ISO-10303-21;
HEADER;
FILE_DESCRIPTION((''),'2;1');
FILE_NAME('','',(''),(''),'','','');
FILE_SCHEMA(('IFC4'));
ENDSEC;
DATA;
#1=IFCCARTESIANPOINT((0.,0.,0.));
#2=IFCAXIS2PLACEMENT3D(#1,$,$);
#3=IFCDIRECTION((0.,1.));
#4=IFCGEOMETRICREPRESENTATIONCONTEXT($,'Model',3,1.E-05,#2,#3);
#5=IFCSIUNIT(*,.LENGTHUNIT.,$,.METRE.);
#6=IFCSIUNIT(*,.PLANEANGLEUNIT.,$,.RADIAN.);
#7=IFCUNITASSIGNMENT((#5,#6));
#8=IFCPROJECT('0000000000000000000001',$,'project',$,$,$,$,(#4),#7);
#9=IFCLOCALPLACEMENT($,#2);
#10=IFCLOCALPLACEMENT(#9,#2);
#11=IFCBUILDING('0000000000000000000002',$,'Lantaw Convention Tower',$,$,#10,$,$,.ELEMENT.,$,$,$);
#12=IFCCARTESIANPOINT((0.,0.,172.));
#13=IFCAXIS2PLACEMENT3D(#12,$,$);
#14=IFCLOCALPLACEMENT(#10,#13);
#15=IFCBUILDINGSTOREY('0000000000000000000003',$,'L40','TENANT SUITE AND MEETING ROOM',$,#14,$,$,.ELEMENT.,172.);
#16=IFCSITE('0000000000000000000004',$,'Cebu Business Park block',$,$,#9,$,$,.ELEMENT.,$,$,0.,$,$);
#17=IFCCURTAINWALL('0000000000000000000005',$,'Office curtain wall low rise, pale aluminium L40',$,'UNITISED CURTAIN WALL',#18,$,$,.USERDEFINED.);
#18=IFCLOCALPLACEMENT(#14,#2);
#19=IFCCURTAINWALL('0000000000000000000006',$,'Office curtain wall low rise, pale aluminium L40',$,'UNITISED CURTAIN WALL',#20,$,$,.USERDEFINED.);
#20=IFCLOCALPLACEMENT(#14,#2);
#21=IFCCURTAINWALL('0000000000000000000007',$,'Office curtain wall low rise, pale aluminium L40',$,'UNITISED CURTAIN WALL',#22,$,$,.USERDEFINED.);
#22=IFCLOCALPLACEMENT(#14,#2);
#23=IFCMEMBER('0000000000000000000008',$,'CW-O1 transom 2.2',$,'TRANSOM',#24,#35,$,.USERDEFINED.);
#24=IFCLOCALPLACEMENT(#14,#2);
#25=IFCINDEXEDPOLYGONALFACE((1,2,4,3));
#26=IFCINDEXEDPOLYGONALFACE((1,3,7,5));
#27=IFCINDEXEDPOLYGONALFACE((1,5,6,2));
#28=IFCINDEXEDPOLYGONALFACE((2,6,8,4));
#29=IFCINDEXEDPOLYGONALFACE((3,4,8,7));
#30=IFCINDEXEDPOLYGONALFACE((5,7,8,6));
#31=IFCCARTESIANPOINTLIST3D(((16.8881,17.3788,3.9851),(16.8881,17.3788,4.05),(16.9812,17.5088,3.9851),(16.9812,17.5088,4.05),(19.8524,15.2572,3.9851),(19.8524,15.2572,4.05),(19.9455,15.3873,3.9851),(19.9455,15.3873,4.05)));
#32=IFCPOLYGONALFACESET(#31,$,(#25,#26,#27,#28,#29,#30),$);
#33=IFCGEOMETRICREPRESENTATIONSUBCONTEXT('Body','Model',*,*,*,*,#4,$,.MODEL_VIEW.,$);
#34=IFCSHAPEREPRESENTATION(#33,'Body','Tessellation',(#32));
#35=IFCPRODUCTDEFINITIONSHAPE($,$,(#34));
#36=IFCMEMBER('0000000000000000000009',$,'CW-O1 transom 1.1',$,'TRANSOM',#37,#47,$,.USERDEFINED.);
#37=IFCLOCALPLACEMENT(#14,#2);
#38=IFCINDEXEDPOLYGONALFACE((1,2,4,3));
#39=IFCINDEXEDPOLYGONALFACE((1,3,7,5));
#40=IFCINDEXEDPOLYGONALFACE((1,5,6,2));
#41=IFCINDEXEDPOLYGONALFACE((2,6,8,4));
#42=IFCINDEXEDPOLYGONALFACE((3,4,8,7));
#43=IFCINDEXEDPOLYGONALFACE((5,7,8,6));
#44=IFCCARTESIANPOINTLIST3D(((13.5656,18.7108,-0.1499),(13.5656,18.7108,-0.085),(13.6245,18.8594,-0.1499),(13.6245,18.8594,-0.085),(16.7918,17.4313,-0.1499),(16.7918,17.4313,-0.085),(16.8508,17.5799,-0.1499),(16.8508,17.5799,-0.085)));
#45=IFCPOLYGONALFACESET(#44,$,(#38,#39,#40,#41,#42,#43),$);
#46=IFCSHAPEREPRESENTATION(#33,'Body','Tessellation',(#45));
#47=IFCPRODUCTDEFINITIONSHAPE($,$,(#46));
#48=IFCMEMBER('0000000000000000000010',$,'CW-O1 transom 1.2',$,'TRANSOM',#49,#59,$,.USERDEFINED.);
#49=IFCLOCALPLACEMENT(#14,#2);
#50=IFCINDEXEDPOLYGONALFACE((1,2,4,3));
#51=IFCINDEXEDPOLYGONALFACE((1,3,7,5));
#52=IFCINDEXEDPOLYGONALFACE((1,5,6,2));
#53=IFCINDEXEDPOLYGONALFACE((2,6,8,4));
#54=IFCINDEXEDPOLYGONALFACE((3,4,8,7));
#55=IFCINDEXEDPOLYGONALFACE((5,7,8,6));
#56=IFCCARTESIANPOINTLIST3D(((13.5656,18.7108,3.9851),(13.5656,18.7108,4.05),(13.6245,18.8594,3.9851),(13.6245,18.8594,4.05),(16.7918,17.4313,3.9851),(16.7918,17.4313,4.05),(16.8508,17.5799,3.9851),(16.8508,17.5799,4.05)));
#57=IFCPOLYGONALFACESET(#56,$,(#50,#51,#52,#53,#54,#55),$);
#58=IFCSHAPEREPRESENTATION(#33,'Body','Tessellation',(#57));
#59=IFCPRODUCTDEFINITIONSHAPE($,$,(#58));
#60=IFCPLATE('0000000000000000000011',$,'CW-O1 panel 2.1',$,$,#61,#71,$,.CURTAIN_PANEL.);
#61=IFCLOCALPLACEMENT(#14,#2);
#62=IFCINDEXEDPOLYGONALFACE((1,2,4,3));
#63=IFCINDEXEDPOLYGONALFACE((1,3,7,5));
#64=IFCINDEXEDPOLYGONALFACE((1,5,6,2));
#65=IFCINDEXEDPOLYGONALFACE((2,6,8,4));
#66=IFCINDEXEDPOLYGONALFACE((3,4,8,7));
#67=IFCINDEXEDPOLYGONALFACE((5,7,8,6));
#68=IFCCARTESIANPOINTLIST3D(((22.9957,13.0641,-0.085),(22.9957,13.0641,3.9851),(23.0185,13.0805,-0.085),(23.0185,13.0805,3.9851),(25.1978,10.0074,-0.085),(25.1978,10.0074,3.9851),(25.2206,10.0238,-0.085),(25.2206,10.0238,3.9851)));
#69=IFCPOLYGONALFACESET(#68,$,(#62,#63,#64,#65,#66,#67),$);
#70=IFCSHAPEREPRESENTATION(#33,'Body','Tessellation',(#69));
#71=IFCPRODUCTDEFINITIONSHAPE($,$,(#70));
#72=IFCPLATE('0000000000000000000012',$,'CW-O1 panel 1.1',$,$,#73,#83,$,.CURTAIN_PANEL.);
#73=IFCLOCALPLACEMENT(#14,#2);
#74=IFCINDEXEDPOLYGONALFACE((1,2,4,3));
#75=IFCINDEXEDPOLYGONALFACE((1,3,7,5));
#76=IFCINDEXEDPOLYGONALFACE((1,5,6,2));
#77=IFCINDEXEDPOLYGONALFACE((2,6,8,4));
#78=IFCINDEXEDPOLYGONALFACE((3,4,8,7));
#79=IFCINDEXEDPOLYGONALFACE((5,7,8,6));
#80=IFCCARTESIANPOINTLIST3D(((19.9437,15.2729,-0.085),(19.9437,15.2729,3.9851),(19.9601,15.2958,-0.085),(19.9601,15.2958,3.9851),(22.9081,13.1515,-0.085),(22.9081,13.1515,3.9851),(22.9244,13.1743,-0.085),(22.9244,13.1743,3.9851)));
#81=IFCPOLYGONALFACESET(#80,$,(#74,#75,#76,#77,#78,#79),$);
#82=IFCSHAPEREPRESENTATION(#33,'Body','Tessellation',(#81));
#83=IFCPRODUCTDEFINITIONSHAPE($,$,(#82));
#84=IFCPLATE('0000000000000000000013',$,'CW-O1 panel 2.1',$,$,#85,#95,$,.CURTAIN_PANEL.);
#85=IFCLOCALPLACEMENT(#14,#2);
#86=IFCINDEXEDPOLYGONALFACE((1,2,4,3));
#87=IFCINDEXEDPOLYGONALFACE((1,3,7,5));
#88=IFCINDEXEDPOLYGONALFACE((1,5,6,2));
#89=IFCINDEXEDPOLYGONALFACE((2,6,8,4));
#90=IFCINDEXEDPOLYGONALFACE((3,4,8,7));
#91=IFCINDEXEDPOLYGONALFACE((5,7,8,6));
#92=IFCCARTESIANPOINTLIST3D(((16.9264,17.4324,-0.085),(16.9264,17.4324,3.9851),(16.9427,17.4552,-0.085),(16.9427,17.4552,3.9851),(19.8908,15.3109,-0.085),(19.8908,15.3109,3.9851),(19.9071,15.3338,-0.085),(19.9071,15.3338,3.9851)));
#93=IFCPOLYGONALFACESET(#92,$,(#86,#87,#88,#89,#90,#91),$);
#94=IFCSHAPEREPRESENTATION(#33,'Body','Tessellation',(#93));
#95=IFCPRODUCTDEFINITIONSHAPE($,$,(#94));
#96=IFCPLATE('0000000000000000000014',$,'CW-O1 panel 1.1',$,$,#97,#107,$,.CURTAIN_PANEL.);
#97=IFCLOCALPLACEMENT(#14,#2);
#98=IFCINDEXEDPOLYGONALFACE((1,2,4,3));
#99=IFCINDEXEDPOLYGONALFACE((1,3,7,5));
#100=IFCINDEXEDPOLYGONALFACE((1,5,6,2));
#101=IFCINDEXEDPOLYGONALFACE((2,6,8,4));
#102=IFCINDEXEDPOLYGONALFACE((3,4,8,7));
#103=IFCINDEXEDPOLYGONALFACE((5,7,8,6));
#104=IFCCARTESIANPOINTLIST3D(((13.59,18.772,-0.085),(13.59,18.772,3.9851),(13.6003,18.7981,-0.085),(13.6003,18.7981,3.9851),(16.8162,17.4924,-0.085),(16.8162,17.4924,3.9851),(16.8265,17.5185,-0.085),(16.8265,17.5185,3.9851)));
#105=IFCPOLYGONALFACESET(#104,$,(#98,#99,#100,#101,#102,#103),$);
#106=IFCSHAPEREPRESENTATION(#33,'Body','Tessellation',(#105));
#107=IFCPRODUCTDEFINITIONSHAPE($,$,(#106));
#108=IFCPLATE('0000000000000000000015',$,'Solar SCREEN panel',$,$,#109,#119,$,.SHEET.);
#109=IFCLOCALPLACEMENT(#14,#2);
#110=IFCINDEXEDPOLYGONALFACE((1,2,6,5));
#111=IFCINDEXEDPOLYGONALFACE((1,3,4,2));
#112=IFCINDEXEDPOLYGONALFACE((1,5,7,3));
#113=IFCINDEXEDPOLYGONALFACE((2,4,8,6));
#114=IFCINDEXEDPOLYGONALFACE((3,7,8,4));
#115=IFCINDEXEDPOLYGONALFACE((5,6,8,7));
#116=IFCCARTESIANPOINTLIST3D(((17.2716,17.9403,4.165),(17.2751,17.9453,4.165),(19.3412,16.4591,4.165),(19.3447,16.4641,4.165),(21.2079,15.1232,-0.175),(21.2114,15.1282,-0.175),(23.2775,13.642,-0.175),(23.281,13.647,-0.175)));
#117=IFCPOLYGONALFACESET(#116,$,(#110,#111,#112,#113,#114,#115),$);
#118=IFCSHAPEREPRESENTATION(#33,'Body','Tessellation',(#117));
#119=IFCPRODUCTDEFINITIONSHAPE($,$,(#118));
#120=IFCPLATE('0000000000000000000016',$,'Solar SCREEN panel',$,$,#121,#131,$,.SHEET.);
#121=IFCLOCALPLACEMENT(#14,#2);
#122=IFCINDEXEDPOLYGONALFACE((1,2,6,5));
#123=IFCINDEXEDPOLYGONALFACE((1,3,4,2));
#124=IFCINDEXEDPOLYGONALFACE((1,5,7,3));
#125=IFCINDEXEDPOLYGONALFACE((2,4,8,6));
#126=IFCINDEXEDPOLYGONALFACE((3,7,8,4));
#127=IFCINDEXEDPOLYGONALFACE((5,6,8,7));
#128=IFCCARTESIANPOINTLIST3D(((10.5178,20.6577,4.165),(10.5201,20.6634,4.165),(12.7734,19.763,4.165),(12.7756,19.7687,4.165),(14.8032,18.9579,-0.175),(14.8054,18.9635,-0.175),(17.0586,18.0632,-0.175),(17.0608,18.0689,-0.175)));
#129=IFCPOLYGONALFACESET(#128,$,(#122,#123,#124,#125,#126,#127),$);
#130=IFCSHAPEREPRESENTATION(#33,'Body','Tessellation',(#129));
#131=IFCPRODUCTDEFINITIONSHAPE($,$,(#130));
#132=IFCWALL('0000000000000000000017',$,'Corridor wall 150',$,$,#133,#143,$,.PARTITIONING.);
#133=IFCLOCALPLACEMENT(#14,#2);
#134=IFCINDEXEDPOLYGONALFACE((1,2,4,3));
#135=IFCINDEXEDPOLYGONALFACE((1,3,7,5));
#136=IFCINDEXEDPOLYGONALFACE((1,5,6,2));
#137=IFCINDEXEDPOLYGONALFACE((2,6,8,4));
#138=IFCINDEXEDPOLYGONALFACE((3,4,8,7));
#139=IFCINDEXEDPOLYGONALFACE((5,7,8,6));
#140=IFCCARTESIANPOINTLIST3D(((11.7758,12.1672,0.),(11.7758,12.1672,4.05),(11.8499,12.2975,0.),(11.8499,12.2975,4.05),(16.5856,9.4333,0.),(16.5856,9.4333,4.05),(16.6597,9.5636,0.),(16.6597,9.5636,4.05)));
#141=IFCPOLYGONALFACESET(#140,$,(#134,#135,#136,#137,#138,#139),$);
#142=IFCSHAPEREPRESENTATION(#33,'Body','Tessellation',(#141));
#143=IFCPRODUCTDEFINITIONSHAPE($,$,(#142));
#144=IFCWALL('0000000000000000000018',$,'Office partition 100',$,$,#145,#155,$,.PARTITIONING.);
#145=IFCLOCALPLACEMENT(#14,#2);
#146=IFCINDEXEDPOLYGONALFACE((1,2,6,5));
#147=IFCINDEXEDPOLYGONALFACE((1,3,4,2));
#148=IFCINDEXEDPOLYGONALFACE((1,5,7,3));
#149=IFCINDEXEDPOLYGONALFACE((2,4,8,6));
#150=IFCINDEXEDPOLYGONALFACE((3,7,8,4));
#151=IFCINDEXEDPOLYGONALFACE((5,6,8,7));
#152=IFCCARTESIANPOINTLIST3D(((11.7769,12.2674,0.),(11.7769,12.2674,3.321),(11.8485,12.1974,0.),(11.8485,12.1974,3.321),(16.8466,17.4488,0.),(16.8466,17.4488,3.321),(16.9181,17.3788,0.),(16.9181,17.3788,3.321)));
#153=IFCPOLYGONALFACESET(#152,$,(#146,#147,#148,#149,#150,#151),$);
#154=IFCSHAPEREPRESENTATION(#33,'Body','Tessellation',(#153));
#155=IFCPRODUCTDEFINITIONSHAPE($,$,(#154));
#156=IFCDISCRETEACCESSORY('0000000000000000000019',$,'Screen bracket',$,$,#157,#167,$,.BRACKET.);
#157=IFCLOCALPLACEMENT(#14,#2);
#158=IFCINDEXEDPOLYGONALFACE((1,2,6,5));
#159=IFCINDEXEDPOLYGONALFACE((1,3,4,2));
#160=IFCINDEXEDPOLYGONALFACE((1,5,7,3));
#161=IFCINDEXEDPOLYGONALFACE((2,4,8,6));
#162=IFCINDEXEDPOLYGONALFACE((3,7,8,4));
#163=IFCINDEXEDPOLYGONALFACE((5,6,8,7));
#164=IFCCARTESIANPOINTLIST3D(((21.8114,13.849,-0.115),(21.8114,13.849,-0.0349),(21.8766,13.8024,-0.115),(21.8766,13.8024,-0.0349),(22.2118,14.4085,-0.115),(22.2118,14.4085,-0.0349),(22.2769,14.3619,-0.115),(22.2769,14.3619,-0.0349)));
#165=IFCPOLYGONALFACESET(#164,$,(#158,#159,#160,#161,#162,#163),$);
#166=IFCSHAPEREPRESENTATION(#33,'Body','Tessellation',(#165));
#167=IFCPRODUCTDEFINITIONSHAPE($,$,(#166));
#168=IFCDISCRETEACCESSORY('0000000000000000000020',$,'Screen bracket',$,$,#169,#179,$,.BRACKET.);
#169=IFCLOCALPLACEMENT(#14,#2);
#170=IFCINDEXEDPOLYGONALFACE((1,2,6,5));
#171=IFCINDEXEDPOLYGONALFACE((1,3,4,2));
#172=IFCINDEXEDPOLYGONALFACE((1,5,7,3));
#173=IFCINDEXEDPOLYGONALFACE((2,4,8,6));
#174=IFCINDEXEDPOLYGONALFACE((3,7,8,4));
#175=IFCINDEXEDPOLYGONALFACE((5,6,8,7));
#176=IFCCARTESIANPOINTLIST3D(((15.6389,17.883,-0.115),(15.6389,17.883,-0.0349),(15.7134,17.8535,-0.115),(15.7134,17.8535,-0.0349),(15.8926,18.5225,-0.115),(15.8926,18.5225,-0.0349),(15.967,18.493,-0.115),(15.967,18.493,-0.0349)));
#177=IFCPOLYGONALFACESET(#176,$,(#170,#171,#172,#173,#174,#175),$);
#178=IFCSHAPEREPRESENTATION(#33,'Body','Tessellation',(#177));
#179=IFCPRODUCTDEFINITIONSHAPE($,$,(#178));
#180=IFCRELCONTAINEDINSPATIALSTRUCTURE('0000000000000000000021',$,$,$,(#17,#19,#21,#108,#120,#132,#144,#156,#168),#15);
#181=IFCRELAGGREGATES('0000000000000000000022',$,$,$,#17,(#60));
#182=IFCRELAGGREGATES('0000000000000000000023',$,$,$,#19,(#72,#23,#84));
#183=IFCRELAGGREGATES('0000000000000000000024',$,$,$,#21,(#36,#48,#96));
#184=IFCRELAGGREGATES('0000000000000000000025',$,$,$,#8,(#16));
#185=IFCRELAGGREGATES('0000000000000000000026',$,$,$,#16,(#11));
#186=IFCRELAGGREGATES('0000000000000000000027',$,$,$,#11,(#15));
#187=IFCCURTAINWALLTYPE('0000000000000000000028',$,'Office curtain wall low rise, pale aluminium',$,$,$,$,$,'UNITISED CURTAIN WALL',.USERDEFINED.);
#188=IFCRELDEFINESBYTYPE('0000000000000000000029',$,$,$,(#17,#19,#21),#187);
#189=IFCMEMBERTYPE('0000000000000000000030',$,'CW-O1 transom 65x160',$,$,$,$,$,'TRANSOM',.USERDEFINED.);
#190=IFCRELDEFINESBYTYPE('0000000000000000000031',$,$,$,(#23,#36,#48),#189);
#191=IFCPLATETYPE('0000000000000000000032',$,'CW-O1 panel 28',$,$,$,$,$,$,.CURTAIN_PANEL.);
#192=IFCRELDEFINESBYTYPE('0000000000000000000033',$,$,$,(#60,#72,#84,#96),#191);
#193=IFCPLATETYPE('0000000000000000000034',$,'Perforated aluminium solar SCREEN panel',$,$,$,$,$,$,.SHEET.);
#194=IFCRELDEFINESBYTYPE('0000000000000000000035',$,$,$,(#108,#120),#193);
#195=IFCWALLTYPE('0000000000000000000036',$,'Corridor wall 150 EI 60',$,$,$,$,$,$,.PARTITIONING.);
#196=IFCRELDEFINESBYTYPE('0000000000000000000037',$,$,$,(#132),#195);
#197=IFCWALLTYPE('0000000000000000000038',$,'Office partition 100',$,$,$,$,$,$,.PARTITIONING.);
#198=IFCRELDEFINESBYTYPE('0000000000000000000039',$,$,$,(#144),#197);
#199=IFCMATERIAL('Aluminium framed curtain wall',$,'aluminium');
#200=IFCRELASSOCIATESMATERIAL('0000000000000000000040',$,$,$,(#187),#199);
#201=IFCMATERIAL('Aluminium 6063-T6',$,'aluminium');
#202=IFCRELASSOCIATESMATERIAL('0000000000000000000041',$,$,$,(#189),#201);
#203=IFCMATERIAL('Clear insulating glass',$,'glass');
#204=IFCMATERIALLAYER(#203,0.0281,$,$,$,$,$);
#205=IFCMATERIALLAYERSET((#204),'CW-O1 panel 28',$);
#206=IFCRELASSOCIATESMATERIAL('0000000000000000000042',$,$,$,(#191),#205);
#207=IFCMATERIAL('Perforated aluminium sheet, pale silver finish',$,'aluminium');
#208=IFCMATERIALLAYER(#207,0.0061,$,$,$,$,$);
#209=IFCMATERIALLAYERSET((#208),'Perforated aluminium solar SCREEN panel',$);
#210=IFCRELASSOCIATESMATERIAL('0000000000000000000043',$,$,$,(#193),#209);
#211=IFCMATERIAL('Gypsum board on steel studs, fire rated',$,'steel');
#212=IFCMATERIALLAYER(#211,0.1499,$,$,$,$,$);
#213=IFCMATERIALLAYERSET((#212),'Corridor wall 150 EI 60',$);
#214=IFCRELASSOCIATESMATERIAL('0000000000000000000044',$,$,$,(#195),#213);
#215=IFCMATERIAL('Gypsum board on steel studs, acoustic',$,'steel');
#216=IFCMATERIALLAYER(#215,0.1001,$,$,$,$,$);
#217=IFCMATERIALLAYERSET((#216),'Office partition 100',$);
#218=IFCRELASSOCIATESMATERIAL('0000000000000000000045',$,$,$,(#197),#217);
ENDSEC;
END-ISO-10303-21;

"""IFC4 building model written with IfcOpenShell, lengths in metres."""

from ifc_helpers import new_model, si_unit, direction, frame, frame_2d, origin, origin_2d, place, context, subcontext, project, spatial, polyline, rectangle, outline, extrude, material, layer, layer_set, material_profile, profile_set, type_object, element, aggregate, save


model = new_model("IFC4")

# Units and contexts
model_context = context("Model", 3, precision=1e-05, world=origin(), true_north=direction((0.0, 1.0)))
body_context = subcontext(model_context, "Body", "Model", "MODEL_VIEW")
ifc_project = project(units=[si_unit("LENGTHUNIT", "METRE"), si_unit("PLANEANGLEUNIT", "RADIAN")], contexts=[model_context])

# Site, building, storey
site_placement = place(None, origin())
site = spatial("IfcSite", under=ifc_project, at=site_placement, Name="Cebu Business Park block", CompositionType="ELEMENT", RefElevation=0.0)
building_placement = place(site_placement, origin())
building = spatial("IfcBuilding", under=site, at=building_placement, Name="Lantaw Convention Tower", CompositionType="ELEMENT")
storey_placement = place(building_placement, frame((0.0, 0.0, 172.0)))
storey = spatial("IfcBuildingStorey", under=building, at=storey_placement, Name="L40", Description="TENANT SUITE AND MEETING ROOM", CompositionType="ELEMENT", Elevation=172.0)

# Curtain walls
ifc_material_1 = material(Name="Aluminium framed curtain wall", Category="aluminium")
curtain_wall_type = type_object("IfcCurtainWallType", Name="Office curtain wall low rise, pale aluminium", ElementType="UNITISED CURTAIN WALL", PredefinedType="USERDEFINED", material=ifc_material_1)
curtain_wall_1_placement = place(storey_placement, origin())
curtain_wall_1 = element("IfcCurtainWall", 1, at=curtain_wall_1_placement, inside=storey, type_object=curtain_wall_type, Name="Office curtain wall low rise, pale aluminium L40", ObjectType="UNITISED CURTAIN WALL", PredefinedType="USERDEFINED")
ifc_material_2 = material(Name="Aluminium 6063-T6", Category="aluminium")
curtain_wall_2_placement = place(storey_placement, origin())
curtain_wall_2 = element("IfcCurtainWall", 2, at=curtain_wall_2_placement, inside=storey, type_object=curtain_wall_type, Name="Office curtain wall low rise, pale aluminium L40", ObjectType="UNITISED CURTAIN WALL", PredefinedType="USERDEFINED")

# Curtain wall
curtain_wall_3_placement = place(storey_placement, origin())
curtain_wall_3 = element("IfcCurtainWall", 3, at=curtain_wall_3_placement, inside=storey, type_object=curtain_wall_type, Name="Office curtain wall low rise, pale aluminium L40", ObjectType="UNITISED CURTAIN WALL", PredefinedType="USERDEFINED")

# Members
ifc_material_profile_1 = material_profile(ifc_material_2, rectangle(XDim=0.1599, YDim=0.0649, at=origin_2d()), Name="CW-O1 transom 65x160")
ifc_profile_set_1 = profile_set([ifc_material_profile_1], Name="Aluminium 6063-T6")
member_type_1 = type_object("IfcMemberType", Name="CW-O1 transom 65x160", ElementType="TRANSOM", PredefinedType="USERDEFINED", material=ifc_profile_set_1)
member_1_placement = place(storey_placement, frame((19.8989, 15.3223, 4.0176), z_axis=(-0.81319, 0.581998, 0.0), x_axis=(-0.581998, -0.81319, 0.0)))
member_1 = element("IfcMember", 4, at=member_1_placement, type_object=member_type_1, Name="CW-O1 transom 2.2", ObjectType="TRANSOM", PredefinedType="USERDEFINED", context=body_context, shape_type="SweptSolid", body=[
    extrude(rectangle(XDim=0.1599, YDim=0.0649, at=origin_2d()), origin(), (0.0, 0.0, 1.0), 3.6453),
])
member_2_placement = place(storey_placement, frame((16.8213, 17.5056, -0.1174), z_axis=(-0.929564, 0.36866, 0.0), x_axis=(-0.36866, -0.929564, 0.0)))
member_2 = element("IfcMember", 5, at=member_2_placement, type_object=member_type_1, Name="CW-O1 transom 1.1", ObjectType="TRANSOM", PredefinedType="USERDEFINED", context=body_context, shape_type="SweptSolid", body=[
    extrude(rectangle(XDim=0.1599, YDim=0.0649, at=origin_2d()), origin(), (0.0, 0.0, 1.0), 3.4707),
])
member_3_placement = place(storey_placement, frame((16.8213, 17.5056, 4.0176), z_axis=(-0.929564, 0.36866, 0.0), x_axis=(-0.36866, -0.929564, 0.0)))
member_3 = element("IfcMember", 6, at=member_3_placement, type_object=member_type_1, Name="CW-O1 transom 1.2", ObjectType="TRANSOM", PredefinedType="USERDEFINED", context=body_context, shape_type="SweptSolid", body=[
    extrude(rectangle(XDim=0.1599, YDim=0.0649, at=origin_2d()), origin(), (0.0, 0.0, 1.0), 3.4707),
])

# Plates
ifc_material_3 = material(Name="Clear insulating glass", Category="glass")
ifc_layer_1 = layer(ifc_material_3, 0.0281)
ifc_layer_set_1 = layer_set([ifc_layer_1], Name="CW-O1 panel 28")
plate_type_1 = type_object("IfcPlateType", Name="CW-O1 panel 28", PredefinedType="CURTAIN_PANEL", material=ifc_layer_set_1)
plate_1_placement = place(storey_placement, frame((24.1082, 11.5439, -0.085), z_axis=(0.0, 0.0, 1.0), x_axis=(-0.584513, 0.811385, 0.0)))
plate_1 = element("IfcPlate", 7, at=plate_1_placement, type_object=plate_type_1, Name="CW-O1 panel 2.1", PredefinedType="CURTAIN_PANEL", context=body_context, shape_type="SweptSolid", body=[
    extrude(rectangle(XDim=3.7673, YDim=0.0281, at=origin_2d()), origin(), (0.0, 0.0, 1.0), 4.0701),
])
aggregate(curtain_wall_1, [plate_1])
plate_2_placement = place(storey_placement, frame((21.4341, 14.2236, -0.085), z_axis=(0.0, 0.0, 1.0), x_axis=(-0.813208, 0.581973, 0.0)))
plate_2 = element("IfcPlate", 8, at=plate_2_placement, type_object=plate_type_1, Name="CW-O1 panel 1.1", PredefinedType="CURTAIN_PANEL", context=body_context, shape_type="SweptSolid", body=[
    extrude(rectangle(XDim=3.6453, YDim=0.0281, at=origin_2d()), origin(), (0.0, 0.0, 1.0), 4.0701),
])
plate_3_placement = place(storey_placement, frame((18.4167, 16.3831, -0.085), z_axis=(0.0, 0.0, 1.0), x_axis=(-0.813208, 0.581973, 0.0)))
plate_3 = element("IfcPlate", 9, at=plate_3_placement, type_object=plate_type_1, Name="CW-O1 panel 2.1", PredefinedType="CURTAIN_PANEL", context=body_context, shape_type="SweptSolid", body=[
    extrude(rectangle(XDim=3.6453, YDim=0.0281, at=origin_2d()), origin(), (0.0, 0.0, 1.0), 4.0701),
])
aggregate(curtain_wall_2, [plate_2, member_1, plate_3])
plate_4_placement = place(storey_placement, frame((15.2083, 18.1453, -0.085), z_axis=(0.0, 0.0, 1.0), x_axis=(-0.929548, 0.368702, 0.0)))
plate_4 = element("IfcPlate", 10, at=plate_4_placement, type_object=plate_type_1, Name="CW-O1 panel 1.1", PredefinedType="CURTAIN_PANEL", context=body_context, shape_type="SweptSolid", body=[
    extrude(rectangle(XDim=3.4707, YDim=0.0281, at=origin_2d()), origin(), (0.0, 0.0, 1.0), 4.0701),
])
aggregate(curtain_wall_3, [member_2, member_3, plate_4])

# Plates
ifc_material_4 = material(Name="Perforated aluminium sheet, pale silver finish", Category="aluminium")
ifc_layer_2 = layer(ifc_material_4, 0.0061)
ifc_layer_set_2 = layer_set([ifc_layer_2], Name="Perforated aluminium solar SCREEN panel")
plate_type_2 = type_object("IfcPlateType", Name="Perforated aluminium solar SCREEN panel", PredefinedType="SHEET", material=ifc_layer_set_2)
plate_5_placement = place(storey_placement, frame((23.281, 13.647, -0.175), z_axis=(0.582, 0.813189, 0.000012), x_axis=(-0.813189, 0.582, 0.0)))
element("IfcPlate", 11, at=plate_5_placement, inside=storey, type_object=plate_type_2, Name="Solar SCREEN panel", PredefinedType="SHEET", context=body_context, shape_type="SweptSolid", body=[
    extrude(outline(polyline([(0.0, 0.0), (2.545, 0.0), (7.3855, 4.3401), (4.8405, 4.3401), (0.0, 0.0)])), origin(), (0.0, 0.0, -1.0), 0.0061),
])
plate_6_placement = place(storey_placement, frame((17.0586, 18.0632, -0.175), z_axis=(-0.368709, -0.929545, 0.000011), x_axis=(-0.929545, 0.368709, 0.0)))
element("IfcPlate", 12, at=plate_6_placement, inside=storey, type_object=plate_type_2, Name="Solar SCREEN panel", PredefinedType="SHEET", context=body_context, shape_type="SweptSolid", body=[
    extrude(outline(polyline([(0.0, 0.0), (2.4264, 0.0), (7.0365, -4.3401), (4.61, -4.3401), (0.0, 0.0)])), origin(), (0.0, 0.0, -1.0), 0.0061),
])

# Walls
ifc_material_5 = material(Name="Gypsum board on steel studs, fire rated", Category="steel")
ifc_layer_3 = layer(ifc_material_5, 0.1499)
ifc_layer_set_3 = layer_set([ifc_layer_3], Name="Corridor wall 150 EI 60")
wall_type_1 = type_object("IfcWallType", Name="Corridor wall 150 EI 60", PredefinedType="PARTITIONING", material=ifc_layer_set_3)
wall_1_placement = place(storey_placement, frame((16.6226, 9.4985, 0.0), z_axis=(0.0, 0.0, 1.0), x_axis=(-0.869376, 0.494151, 0.0)))
element("IfcWall", 13, at=wall_1_placement, inside=storey, type_object=wall_type_1, Name="Corridor wall 150", PredefinedType="PARTITIONING", context=body_context, shape_type="SweptSolid", body=[
    extrude(rectangle(XDim=5.5325, YDim=0.1499, at=frame_2d((2.7661, 0.0))), origin(), (0.0, 0.0, 1.0), 4.05),
])
ifc_material_6 = material(Name="Gypsum board on steel studs, acoustic", Category="steel")
ifc_layer_4 = layer(ifc_material_6, 0.1001)
ifc_layer_set_4 = layer_set([ifc_layer_4], Name="Office partition 100")
wall_type_2 = type_object("IfcWallType", Name="Office partition 100", PredefinedType="PARTITIONING", material=ifc_layer_set_4)
wall_2_placement = place(storey_placement, frame((16.8823, 17.4138, 0.0), z_axis=(0.0, 0.0, 1.0), x_axis=(-0.699352, -0.714777, 0.0)))
element("IfcWall", 14, at=wall_2_placement, inside=storey, type_object=wall_type_2, Name="Office partition 100", PredefinedType="PARTITIONING", context=body_context, shape_type="SweptSolid", body=[
    extrude(rectangle(XDim=7.249, YDim=0.1001, at=frame_2d((3.6245, 0.0))), origin(), (0.0, 0.0, 1.0), 3.321),
])

# Discrete accessories
for number, where, z_axis, x_axis, name in (
    (15, (22.0442, 14.1055, -0.115), (0.0, 0.0, 1.0), (-0.813208, 0.581973, 0.0), "Screen bracket"),
    (16, (15.803, 18.188, -0.115), (0.0, 0.0, 1.0), (-0.929548, 0.368702, 0.0), "Screen bracket"),
):
    element("IfcDiscreteAccessory", number, at=place(storey_placement, frame(where, z_axis=z_axis, x_axis=x_axis)), inside=storey, Name=name, PredefinedType="BRACKET", context=body_context, shape_type="SweptSolid", body=[
        extrude(rectangle(XDim=0.0801, YDim=0.688, at=origin_2d()), origin(), (0.0, 0.0, 1.0), 0.0801),
    ])

save(model, "model.ifc")
